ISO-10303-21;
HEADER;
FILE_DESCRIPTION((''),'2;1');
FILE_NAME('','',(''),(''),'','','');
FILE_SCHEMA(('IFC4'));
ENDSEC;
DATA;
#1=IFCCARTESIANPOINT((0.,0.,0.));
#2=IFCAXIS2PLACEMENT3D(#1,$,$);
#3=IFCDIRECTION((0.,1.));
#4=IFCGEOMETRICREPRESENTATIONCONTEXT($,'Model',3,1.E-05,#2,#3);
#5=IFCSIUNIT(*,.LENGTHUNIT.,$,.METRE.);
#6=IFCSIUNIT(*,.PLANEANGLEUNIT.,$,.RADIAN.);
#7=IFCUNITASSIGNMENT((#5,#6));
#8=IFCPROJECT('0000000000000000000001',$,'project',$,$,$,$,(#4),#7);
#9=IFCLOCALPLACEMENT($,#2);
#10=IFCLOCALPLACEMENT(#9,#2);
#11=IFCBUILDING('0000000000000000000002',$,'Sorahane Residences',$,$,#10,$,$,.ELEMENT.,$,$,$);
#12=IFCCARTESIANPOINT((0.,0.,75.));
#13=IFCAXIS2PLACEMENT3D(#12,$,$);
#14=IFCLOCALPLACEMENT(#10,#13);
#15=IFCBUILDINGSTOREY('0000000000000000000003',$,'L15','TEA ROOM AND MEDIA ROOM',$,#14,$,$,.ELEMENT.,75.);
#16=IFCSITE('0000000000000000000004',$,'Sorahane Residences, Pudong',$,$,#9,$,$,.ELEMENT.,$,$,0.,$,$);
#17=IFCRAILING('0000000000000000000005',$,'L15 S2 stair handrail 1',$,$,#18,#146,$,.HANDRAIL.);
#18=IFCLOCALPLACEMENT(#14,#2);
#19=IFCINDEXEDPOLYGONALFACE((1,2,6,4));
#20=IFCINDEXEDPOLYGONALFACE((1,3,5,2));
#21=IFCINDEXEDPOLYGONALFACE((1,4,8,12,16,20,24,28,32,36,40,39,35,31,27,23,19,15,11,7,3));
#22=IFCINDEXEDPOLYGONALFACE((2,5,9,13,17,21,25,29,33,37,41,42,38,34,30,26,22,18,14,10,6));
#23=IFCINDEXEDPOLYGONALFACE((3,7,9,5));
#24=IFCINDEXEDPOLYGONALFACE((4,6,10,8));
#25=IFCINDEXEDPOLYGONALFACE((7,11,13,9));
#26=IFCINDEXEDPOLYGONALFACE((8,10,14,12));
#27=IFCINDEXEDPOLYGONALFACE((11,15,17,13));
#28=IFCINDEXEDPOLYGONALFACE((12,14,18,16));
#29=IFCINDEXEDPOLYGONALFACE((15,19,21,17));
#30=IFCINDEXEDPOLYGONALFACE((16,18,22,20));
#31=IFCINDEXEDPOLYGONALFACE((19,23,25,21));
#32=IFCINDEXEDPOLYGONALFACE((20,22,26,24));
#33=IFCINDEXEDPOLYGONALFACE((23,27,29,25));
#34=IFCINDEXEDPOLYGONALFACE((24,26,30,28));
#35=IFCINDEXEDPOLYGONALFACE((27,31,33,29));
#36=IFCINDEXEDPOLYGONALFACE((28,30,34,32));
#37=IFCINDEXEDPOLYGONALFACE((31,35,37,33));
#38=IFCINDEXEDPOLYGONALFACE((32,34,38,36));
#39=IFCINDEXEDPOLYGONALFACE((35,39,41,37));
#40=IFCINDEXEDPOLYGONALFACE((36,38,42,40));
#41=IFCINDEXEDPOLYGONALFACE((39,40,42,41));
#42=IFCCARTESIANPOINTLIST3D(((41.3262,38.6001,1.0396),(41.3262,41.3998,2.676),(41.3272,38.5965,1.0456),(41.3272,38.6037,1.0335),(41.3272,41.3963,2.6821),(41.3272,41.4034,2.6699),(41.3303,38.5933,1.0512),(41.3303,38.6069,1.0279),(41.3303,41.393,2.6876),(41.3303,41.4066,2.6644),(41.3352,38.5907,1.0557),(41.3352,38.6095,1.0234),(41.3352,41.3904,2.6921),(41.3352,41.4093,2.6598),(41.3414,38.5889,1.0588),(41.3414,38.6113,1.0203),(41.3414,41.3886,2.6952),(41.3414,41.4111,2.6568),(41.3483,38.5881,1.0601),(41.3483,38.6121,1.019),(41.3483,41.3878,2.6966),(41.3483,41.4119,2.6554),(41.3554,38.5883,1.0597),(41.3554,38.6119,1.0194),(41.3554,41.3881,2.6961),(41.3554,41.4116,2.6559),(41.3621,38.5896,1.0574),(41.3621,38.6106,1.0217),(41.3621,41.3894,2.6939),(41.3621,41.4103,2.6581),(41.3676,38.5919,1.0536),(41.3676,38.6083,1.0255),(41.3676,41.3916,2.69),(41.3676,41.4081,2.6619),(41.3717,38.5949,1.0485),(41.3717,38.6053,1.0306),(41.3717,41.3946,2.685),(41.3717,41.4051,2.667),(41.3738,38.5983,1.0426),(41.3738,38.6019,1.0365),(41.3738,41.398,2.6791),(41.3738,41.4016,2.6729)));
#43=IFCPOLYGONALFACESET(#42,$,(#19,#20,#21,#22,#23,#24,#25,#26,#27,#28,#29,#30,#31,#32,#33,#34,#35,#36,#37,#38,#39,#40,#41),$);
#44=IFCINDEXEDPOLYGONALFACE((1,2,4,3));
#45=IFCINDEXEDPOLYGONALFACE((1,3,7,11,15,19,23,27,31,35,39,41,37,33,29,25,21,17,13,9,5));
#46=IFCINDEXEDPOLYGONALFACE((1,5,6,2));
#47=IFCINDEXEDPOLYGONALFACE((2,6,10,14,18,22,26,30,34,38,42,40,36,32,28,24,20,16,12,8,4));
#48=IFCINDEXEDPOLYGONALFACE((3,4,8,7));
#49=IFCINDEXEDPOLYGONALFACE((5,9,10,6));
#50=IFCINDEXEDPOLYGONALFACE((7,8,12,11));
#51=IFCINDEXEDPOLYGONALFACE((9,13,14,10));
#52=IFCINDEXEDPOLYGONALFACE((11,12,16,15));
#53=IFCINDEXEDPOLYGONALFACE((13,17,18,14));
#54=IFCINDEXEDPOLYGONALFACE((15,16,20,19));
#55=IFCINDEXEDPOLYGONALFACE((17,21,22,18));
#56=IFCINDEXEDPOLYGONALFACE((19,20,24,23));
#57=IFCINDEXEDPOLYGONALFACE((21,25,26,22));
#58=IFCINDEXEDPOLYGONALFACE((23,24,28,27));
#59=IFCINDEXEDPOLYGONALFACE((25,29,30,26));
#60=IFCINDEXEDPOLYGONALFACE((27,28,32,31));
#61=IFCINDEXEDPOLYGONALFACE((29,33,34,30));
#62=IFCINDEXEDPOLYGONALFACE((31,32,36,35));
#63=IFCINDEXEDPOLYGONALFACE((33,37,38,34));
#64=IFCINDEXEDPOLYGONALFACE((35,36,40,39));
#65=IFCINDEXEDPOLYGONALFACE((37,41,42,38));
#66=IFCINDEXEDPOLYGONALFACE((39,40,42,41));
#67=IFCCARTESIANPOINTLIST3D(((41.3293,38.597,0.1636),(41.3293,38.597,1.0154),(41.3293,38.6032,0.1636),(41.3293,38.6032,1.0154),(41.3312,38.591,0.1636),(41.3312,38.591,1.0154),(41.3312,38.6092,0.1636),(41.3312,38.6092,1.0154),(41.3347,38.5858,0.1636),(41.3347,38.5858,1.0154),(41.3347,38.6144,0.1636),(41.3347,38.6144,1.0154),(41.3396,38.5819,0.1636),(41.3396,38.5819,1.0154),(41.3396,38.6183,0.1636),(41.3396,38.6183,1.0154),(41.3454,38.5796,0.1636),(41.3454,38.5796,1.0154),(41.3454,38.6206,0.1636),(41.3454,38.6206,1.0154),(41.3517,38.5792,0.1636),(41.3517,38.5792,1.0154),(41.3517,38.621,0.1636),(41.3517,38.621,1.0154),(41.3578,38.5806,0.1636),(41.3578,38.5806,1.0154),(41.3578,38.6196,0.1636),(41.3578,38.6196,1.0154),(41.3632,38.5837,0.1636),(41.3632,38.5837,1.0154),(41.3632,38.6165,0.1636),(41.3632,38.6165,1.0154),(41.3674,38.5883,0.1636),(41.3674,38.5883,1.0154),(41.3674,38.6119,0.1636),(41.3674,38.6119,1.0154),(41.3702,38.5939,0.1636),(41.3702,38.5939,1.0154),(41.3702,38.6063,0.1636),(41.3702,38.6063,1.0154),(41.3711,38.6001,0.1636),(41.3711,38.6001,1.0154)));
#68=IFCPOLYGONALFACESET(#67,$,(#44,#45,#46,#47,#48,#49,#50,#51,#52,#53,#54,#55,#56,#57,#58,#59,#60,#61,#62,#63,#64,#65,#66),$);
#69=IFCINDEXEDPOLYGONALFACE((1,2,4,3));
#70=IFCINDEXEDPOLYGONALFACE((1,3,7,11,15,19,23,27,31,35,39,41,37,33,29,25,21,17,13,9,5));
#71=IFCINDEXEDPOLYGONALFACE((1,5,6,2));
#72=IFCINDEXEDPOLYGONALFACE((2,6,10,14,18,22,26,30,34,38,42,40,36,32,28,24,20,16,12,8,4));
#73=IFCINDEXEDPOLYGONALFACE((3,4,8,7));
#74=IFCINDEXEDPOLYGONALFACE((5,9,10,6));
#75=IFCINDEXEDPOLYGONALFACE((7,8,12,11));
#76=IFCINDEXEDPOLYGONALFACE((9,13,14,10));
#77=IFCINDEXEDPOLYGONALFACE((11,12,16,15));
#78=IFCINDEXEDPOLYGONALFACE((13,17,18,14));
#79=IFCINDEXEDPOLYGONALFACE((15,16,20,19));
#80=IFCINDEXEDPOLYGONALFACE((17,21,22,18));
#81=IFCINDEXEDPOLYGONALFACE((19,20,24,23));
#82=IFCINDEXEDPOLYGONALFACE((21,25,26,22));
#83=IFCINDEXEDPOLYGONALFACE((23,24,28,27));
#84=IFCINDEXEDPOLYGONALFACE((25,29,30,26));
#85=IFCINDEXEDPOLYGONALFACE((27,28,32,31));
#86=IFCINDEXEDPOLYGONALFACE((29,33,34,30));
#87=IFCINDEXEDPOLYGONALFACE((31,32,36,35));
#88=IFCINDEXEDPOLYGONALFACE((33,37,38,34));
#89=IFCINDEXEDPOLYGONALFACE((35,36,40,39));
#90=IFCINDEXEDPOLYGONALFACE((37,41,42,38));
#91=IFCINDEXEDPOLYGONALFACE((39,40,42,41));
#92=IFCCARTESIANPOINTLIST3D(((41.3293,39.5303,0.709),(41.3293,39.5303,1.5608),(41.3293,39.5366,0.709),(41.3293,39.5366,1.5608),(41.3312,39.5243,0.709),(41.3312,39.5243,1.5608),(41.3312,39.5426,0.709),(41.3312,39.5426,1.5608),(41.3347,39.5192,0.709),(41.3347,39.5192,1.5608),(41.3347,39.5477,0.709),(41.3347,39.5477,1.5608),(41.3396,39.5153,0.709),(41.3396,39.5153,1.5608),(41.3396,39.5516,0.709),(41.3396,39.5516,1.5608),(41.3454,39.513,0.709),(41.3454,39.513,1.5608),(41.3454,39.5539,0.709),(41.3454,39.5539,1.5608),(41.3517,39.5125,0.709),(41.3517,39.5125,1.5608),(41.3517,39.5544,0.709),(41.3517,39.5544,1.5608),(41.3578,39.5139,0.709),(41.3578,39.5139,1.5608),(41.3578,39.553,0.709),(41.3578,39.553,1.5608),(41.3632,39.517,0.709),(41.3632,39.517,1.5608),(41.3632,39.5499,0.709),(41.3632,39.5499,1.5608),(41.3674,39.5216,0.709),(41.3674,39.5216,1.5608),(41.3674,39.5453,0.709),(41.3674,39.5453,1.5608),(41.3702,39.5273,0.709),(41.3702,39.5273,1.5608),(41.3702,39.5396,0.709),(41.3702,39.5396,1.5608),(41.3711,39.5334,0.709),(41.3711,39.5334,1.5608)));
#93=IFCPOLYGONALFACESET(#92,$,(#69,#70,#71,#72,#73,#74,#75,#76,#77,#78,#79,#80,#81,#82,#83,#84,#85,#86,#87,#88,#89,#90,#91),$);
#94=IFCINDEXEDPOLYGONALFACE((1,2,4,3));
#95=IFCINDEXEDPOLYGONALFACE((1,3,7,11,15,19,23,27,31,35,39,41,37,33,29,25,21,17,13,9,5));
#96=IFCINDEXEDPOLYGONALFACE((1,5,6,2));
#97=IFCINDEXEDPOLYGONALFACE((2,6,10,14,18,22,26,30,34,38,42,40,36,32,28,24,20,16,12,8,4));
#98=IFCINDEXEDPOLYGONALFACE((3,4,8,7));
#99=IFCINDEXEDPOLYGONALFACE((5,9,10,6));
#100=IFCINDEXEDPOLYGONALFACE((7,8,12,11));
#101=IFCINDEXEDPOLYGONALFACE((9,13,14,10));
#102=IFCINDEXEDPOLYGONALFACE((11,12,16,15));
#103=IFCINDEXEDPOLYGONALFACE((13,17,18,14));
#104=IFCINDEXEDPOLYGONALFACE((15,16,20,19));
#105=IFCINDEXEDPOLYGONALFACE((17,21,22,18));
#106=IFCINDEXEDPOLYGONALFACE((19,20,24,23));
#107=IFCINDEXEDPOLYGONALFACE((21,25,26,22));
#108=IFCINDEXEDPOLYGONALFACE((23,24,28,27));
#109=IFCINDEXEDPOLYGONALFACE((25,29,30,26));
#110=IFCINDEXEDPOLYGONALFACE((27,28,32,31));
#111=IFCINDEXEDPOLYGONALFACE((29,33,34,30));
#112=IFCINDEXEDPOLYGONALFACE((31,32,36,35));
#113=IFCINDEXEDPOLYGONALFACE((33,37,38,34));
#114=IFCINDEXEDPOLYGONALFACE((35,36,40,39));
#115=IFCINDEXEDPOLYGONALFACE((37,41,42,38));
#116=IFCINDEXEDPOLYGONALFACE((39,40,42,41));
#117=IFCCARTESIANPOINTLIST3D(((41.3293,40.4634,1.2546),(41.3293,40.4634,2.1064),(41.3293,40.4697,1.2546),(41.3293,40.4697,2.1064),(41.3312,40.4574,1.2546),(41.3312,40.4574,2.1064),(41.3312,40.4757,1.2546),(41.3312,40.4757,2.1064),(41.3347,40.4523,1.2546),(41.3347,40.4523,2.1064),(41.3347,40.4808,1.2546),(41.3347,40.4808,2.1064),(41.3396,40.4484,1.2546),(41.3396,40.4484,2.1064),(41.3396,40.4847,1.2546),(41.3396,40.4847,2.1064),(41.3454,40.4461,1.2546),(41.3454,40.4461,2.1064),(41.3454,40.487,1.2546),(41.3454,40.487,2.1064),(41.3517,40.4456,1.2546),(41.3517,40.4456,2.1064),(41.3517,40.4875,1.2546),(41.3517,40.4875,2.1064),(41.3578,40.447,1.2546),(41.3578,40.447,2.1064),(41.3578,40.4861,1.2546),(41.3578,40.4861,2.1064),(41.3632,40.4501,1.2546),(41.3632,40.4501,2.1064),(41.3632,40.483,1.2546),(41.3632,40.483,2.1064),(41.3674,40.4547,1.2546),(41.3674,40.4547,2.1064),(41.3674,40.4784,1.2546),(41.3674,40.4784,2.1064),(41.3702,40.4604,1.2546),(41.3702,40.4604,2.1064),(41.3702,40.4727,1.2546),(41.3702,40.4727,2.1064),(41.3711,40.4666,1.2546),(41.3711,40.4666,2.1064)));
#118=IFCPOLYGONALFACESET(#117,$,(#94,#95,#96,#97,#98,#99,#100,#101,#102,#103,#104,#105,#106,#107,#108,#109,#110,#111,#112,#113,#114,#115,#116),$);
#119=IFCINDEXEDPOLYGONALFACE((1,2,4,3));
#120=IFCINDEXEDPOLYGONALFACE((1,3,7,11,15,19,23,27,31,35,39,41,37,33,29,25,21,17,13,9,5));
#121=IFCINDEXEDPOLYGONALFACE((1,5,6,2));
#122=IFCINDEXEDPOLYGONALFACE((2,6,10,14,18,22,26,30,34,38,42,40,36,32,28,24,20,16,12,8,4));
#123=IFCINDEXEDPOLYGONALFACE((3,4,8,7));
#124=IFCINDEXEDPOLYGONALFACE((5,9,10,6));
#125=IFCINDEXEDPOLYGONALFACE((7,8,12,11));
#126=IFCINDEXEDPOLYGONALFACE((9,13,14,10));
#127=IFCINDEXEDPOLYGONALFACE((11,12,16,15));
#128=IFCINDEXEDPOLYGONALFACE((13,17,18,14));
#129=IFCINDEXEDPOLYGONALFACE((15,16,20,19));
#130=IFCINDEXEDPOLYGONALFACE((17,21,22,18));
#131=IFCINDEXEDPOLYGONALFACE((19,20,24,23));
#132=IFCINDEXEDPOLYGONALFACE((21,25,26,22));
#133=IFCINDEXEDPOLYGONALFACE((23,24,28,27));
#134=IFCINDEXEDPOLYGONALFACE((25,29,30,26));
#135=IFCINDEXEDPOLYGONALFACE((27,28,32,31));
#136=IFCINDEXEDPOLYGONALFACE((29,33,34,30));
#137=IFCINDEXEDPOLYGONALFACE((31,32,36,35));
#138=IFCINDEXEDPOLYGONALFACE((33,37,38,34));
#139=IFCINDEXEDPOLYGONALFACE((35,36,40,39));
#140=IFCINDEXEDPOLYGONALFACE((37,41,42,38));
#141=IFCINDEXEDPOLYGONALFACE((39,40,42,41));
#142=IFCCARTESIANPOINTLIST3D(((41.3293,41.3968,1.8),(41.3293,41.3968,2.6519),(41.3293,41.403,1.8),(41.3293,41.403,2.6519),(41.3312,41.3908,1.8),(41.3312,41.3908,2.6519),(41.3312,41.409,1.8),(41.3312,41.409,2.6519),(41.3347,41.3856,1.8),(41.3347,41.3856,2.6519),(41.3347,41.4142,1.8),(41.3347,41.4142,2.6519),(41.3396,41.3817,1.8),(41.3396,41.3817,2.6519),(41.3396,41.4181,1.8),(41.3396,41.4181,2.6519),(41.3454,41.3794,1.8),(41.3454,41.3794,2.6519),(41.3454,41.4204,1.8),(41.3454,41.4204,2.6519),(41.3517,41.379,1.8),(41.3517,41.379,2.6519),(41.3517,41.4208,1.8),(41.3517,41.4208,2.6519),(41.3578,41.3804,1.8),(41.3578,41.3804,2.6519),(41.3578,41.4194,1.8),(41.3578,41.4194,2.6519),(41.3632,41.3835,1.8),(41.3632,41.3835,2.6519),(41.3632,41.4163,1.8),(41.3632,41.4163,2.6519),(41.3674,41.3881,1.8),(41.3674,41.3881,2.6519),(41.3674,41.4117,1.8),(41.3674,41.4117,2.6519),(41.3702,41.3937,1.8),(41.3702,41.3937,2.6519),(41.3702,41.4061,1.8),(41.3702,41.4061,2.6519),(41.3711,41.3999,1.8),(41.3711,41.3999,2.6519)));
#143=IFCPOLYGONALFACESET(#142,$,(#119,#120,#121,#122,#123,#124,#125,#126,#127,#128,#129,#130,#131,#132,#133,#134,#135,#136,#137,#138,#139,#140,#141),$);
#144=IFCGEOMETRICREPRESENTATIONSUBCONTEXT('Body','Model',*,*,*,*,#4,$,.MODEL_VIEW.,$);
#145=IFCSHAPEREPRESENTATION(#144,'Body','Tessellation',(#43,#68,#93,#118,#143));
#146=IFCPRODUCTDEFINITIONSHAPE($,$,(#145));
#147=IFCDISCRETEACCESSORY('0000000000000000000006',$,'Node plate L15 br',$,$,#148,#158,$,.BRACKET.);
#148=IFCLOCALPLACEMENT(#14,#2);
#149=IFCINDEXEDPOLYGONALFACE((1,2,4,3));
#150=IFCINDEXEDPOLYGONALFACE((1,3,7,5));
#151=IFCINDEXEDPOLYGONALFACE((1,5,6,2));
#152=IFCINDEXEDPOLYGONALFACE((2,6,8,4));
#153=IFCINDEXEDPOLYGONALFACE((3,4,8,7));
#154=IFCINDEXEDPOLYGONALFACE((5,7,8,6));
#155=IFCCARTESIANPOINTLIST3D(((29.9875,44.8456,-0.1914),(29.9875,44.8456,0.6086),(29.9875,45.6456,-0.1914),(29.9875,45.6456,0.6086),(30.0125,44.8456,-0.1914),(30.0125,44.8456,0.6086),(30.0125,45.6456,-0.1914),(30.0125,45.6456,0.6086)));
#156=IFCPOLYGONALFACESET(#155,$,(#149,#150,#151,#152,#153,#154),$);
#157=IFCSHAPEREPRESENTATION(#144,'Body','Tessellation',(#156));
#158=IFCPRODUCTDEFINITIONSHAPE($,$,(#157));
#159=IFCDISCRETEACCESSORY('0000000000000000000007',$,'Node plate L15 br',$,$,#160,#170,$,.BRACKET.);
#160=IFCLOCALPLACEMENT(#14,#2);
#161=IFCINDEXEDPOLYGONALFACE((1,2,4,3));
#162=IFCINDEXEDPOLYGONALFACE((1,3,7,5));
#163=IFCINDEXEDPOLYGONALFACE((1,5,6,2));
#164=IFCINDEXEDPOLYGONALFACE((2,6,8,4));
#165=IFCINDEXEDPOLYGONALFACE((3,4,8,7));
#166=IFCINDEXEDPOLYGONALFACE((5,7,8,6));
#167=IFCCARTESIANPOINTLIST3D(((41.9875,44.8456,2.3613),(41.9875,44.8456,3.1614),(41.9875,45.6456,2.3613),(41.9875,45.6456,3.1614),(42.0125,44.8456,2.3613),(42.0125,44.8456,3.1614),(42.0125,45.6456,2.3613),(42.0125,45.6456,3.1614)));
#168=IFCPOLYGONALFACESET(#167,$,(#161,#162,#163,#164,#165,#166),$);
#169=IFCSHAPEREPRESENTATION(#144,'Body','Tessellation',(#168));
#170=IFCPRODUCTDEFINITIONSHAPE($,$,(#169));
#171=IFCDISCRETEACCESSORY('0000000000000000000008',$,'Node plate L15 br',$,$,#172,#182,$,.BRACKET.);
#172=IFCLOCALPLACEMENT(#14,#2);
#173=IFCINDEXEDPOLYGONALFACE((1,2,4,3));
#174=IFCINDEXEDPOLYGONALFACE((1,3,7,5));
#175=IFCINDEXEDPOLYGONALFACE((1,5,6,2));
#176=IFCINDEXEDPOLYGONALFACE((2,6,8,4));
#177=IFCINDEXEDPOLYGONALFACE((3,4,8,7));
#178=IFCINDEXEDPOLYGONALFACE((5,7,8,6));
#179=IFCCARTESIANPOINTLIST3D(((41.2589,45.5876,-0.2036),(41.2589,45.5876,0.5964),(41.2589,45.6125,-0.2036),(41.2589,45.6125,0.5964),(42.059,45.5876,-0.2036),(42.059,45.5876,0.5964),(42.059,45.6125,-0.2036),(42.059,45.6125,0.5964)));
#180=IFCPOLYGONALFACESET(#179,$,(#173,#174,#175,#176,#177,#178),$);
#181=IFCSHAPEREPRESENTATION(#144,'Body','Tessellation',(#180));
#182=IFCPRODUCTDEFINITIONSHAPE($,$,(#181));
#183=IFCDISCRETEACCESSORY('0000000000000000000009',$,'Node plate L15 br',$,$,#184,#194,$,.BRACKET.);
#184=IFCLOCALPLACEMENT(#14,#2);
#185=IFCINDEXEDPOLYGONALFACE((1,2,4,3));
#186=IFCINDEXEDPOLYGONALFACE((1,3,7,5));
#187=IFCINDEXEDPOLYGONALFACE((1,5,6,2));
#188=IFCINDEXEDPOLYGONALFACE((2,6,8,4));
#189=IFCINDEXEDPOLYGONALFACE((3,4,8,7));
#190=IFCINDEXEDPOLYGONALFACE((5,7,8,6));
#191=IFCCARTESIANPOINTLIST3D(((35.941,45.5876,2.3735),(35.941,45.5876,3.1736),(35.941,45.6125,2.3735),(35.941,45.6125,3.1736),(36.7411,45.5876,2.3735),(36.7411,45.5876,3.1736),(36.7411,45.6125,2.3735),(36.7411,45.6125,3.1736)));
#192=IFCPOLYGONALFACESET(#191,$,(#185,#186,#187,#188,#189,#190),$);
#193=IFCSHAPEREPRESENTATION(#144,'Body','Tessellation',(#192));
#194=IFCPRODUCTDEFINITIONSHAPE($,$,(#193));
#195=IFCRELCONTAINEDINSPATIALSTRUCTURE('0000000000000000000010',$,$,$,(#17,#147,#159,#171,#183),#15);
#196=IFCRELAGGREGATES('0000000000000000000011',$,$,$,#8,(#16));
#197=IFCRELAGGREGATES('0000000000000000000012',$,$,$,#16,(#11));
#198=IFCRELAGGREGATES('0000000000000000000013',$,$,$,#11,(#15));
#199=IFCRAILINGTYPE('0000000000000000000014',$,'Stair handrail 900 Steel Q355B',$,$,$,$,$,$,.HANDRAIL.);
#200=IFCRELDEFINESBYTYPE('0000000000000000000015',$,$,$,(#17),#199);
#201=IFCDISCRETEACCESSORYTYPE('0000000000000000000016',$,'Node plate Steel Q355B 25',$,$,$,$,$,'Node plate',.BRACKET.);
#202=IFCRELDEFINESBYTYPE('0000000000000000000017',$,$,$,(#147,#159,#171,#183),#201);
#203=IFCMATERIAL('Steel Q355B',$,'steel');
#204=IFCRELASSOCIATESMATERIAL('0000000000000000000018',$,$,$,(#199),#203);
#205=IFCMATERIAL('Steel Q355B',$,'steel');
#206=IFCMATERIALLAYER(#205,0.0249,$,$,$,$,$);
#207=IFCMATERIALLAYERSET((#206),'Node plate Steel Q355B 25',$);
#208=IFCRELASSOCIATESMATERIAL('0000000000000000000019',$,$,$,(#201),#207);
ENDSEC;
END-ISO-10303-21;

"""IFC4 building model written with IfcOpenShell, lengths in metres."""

from ifc_helpers import new_model, si_unit, direction, frame, origin, origin_2d, place, context, subcontext, project, spatial, rectangle, circle, extrude, material, layer, layer_set, type_object, element, save


model = new_model("IFC4")

# Units and contexts
model_context = context("Model", 3, precision=1e-05, world=origin(), true_north=direction((0.0, 1.0)))
body_context = subcontext(model_context, "Body", "Model", "MODEL_VIEW")
ifc_project = project(units=[si_unit("LENGTHUNIT", "METRE"), si_unit("PLANEANGLEUNIT", "RADIAN")], contexts=[model_context])

# Site, building, storey
site_placement = place(None, origin())
site = spatial("IfcSite", under=ifc_project, at=site_placement, Name="Sorahane Residences, Pudong", CompositionType="ELEMENT", RefElevation=0.0)
building_placement = place(site_placement, origin())
building = spatial("IfcBuilding", under=site, at=building_placement, Name="Sorahane Residences", CompositionType="ELEMENT")
storey_placement = place(building_placement, frame((0.0, 0.0, 75.0)))
storey = spatial("IfcBuildingStorey", under=building, at=storey_placement, Name="L15", Description="TEA ROOM AND MEDIA ROOM", CompositionType="ELEMENT", Elevation=75.0)

# Railing
ifc_material_1 = material(Name="Steel Q355B", Category="steel")
railing_type = type_object("IfcRailingType", Name="Stair handrail 900 Steel Q355B", PredefinedType="HANDRAIL", material=ifc_material_1)
railing_placement = place(storey_placement, frame((41.3501, 38.6001, 0.1636)))
element("IfcRailing", 1, at=railing_placement, inside=storey, type_object=railing_type, Name="L15 S2 stair handrail 1", PredefinedType="HANDRAIL", context=body_context, shape_type="SweptSolid", body=[
    extrude(circle(Radius=0.0239, at=origin_2d()), frame((0.0, 0.0, 0.876), z_axis=(0.0, 0.863342, 0.50462), x_axis=(-1.0, 0.0, 0.0)), (0.0, 0.0, 1.0), 3.2429),
    extrude(circle(Radius=0.021, at=origin_2d()), origin(), (0.0, 0.0, 1.0), 0.8518),
    extrude(circle(Radius=0.021, at=origin_2d()), frame((0.0, 0.9333, 0.5454)), (0.0, 0.0, 1.0), 0.8518),
    extrude(circle(Radius=0.021, at=origin_2d()), frame((0.0, 1.8665, 1.0911)), (0.0, 0.0, 1.0), 0.8518),
    extrude(circle(Radius=0.021, at=origin_2d()), frame((0.0, 2.7998, 1.6365)), (0.0, 0.0, 1.0), 0.8518),
])

# Discrete accessories
ifc_material_2 = material(Name="Steel Q355B", Category="steel")
ifc_layer_1 = layer(ifc_material_2, 0.0249)
ifc_layer_set_1 = layer_set([ifc_layer_1], Name="Node plate Steel Q355B 25")
discrete_accessory_type = type_object("IfcDiscreteAccessoryType", Name="Node plate Steel Q355B 25", ElementType="Node plate", PredefinedType="BRACKET", material=ifc_layer_set_1)
for number, where, z_axis, x_axis, name in (
    (2, (30.0, 45.2456, -0.1914), (0.0, 0.0, 1.0), (0.0, 1.0, 0.0), "Node plate L15 br"),
    (3, (42.0, 45.2456, 2.3613), (0.0, 0.0, 1.0), (0.0, 1.0, 0.0), "Node plate L15 br"),
    (4, (41.6589, 45.6001, -0.2036), (0.0, 0.0, 1.0), (1.0, 0.0, 0.0), "Node plate L15 br"),
    (5, (36.3411, 45.6001, 2.3735), (0.0, 0.0, 1.0), (1.0, 0.0, 0.0), "Node plate L15 br"),
):
    element("IfcDiscreteAccessory", number, at=place(storey_placement, frame(where, z_axis=z_axis, x_axis=x_axis)), inside=storey, type_object=discrete_accessory_type, Name=name, PredefinedType="BRACKET", context=body_context, shape_type="SweptSolid", body=[
        extrude(rectangle(XDim=0.8, YDim=0.0249, at=origin_2d()), origin(), (0.0, 0.0, 1.0), 0.8),
    ])

save(model, "model.ifc")
